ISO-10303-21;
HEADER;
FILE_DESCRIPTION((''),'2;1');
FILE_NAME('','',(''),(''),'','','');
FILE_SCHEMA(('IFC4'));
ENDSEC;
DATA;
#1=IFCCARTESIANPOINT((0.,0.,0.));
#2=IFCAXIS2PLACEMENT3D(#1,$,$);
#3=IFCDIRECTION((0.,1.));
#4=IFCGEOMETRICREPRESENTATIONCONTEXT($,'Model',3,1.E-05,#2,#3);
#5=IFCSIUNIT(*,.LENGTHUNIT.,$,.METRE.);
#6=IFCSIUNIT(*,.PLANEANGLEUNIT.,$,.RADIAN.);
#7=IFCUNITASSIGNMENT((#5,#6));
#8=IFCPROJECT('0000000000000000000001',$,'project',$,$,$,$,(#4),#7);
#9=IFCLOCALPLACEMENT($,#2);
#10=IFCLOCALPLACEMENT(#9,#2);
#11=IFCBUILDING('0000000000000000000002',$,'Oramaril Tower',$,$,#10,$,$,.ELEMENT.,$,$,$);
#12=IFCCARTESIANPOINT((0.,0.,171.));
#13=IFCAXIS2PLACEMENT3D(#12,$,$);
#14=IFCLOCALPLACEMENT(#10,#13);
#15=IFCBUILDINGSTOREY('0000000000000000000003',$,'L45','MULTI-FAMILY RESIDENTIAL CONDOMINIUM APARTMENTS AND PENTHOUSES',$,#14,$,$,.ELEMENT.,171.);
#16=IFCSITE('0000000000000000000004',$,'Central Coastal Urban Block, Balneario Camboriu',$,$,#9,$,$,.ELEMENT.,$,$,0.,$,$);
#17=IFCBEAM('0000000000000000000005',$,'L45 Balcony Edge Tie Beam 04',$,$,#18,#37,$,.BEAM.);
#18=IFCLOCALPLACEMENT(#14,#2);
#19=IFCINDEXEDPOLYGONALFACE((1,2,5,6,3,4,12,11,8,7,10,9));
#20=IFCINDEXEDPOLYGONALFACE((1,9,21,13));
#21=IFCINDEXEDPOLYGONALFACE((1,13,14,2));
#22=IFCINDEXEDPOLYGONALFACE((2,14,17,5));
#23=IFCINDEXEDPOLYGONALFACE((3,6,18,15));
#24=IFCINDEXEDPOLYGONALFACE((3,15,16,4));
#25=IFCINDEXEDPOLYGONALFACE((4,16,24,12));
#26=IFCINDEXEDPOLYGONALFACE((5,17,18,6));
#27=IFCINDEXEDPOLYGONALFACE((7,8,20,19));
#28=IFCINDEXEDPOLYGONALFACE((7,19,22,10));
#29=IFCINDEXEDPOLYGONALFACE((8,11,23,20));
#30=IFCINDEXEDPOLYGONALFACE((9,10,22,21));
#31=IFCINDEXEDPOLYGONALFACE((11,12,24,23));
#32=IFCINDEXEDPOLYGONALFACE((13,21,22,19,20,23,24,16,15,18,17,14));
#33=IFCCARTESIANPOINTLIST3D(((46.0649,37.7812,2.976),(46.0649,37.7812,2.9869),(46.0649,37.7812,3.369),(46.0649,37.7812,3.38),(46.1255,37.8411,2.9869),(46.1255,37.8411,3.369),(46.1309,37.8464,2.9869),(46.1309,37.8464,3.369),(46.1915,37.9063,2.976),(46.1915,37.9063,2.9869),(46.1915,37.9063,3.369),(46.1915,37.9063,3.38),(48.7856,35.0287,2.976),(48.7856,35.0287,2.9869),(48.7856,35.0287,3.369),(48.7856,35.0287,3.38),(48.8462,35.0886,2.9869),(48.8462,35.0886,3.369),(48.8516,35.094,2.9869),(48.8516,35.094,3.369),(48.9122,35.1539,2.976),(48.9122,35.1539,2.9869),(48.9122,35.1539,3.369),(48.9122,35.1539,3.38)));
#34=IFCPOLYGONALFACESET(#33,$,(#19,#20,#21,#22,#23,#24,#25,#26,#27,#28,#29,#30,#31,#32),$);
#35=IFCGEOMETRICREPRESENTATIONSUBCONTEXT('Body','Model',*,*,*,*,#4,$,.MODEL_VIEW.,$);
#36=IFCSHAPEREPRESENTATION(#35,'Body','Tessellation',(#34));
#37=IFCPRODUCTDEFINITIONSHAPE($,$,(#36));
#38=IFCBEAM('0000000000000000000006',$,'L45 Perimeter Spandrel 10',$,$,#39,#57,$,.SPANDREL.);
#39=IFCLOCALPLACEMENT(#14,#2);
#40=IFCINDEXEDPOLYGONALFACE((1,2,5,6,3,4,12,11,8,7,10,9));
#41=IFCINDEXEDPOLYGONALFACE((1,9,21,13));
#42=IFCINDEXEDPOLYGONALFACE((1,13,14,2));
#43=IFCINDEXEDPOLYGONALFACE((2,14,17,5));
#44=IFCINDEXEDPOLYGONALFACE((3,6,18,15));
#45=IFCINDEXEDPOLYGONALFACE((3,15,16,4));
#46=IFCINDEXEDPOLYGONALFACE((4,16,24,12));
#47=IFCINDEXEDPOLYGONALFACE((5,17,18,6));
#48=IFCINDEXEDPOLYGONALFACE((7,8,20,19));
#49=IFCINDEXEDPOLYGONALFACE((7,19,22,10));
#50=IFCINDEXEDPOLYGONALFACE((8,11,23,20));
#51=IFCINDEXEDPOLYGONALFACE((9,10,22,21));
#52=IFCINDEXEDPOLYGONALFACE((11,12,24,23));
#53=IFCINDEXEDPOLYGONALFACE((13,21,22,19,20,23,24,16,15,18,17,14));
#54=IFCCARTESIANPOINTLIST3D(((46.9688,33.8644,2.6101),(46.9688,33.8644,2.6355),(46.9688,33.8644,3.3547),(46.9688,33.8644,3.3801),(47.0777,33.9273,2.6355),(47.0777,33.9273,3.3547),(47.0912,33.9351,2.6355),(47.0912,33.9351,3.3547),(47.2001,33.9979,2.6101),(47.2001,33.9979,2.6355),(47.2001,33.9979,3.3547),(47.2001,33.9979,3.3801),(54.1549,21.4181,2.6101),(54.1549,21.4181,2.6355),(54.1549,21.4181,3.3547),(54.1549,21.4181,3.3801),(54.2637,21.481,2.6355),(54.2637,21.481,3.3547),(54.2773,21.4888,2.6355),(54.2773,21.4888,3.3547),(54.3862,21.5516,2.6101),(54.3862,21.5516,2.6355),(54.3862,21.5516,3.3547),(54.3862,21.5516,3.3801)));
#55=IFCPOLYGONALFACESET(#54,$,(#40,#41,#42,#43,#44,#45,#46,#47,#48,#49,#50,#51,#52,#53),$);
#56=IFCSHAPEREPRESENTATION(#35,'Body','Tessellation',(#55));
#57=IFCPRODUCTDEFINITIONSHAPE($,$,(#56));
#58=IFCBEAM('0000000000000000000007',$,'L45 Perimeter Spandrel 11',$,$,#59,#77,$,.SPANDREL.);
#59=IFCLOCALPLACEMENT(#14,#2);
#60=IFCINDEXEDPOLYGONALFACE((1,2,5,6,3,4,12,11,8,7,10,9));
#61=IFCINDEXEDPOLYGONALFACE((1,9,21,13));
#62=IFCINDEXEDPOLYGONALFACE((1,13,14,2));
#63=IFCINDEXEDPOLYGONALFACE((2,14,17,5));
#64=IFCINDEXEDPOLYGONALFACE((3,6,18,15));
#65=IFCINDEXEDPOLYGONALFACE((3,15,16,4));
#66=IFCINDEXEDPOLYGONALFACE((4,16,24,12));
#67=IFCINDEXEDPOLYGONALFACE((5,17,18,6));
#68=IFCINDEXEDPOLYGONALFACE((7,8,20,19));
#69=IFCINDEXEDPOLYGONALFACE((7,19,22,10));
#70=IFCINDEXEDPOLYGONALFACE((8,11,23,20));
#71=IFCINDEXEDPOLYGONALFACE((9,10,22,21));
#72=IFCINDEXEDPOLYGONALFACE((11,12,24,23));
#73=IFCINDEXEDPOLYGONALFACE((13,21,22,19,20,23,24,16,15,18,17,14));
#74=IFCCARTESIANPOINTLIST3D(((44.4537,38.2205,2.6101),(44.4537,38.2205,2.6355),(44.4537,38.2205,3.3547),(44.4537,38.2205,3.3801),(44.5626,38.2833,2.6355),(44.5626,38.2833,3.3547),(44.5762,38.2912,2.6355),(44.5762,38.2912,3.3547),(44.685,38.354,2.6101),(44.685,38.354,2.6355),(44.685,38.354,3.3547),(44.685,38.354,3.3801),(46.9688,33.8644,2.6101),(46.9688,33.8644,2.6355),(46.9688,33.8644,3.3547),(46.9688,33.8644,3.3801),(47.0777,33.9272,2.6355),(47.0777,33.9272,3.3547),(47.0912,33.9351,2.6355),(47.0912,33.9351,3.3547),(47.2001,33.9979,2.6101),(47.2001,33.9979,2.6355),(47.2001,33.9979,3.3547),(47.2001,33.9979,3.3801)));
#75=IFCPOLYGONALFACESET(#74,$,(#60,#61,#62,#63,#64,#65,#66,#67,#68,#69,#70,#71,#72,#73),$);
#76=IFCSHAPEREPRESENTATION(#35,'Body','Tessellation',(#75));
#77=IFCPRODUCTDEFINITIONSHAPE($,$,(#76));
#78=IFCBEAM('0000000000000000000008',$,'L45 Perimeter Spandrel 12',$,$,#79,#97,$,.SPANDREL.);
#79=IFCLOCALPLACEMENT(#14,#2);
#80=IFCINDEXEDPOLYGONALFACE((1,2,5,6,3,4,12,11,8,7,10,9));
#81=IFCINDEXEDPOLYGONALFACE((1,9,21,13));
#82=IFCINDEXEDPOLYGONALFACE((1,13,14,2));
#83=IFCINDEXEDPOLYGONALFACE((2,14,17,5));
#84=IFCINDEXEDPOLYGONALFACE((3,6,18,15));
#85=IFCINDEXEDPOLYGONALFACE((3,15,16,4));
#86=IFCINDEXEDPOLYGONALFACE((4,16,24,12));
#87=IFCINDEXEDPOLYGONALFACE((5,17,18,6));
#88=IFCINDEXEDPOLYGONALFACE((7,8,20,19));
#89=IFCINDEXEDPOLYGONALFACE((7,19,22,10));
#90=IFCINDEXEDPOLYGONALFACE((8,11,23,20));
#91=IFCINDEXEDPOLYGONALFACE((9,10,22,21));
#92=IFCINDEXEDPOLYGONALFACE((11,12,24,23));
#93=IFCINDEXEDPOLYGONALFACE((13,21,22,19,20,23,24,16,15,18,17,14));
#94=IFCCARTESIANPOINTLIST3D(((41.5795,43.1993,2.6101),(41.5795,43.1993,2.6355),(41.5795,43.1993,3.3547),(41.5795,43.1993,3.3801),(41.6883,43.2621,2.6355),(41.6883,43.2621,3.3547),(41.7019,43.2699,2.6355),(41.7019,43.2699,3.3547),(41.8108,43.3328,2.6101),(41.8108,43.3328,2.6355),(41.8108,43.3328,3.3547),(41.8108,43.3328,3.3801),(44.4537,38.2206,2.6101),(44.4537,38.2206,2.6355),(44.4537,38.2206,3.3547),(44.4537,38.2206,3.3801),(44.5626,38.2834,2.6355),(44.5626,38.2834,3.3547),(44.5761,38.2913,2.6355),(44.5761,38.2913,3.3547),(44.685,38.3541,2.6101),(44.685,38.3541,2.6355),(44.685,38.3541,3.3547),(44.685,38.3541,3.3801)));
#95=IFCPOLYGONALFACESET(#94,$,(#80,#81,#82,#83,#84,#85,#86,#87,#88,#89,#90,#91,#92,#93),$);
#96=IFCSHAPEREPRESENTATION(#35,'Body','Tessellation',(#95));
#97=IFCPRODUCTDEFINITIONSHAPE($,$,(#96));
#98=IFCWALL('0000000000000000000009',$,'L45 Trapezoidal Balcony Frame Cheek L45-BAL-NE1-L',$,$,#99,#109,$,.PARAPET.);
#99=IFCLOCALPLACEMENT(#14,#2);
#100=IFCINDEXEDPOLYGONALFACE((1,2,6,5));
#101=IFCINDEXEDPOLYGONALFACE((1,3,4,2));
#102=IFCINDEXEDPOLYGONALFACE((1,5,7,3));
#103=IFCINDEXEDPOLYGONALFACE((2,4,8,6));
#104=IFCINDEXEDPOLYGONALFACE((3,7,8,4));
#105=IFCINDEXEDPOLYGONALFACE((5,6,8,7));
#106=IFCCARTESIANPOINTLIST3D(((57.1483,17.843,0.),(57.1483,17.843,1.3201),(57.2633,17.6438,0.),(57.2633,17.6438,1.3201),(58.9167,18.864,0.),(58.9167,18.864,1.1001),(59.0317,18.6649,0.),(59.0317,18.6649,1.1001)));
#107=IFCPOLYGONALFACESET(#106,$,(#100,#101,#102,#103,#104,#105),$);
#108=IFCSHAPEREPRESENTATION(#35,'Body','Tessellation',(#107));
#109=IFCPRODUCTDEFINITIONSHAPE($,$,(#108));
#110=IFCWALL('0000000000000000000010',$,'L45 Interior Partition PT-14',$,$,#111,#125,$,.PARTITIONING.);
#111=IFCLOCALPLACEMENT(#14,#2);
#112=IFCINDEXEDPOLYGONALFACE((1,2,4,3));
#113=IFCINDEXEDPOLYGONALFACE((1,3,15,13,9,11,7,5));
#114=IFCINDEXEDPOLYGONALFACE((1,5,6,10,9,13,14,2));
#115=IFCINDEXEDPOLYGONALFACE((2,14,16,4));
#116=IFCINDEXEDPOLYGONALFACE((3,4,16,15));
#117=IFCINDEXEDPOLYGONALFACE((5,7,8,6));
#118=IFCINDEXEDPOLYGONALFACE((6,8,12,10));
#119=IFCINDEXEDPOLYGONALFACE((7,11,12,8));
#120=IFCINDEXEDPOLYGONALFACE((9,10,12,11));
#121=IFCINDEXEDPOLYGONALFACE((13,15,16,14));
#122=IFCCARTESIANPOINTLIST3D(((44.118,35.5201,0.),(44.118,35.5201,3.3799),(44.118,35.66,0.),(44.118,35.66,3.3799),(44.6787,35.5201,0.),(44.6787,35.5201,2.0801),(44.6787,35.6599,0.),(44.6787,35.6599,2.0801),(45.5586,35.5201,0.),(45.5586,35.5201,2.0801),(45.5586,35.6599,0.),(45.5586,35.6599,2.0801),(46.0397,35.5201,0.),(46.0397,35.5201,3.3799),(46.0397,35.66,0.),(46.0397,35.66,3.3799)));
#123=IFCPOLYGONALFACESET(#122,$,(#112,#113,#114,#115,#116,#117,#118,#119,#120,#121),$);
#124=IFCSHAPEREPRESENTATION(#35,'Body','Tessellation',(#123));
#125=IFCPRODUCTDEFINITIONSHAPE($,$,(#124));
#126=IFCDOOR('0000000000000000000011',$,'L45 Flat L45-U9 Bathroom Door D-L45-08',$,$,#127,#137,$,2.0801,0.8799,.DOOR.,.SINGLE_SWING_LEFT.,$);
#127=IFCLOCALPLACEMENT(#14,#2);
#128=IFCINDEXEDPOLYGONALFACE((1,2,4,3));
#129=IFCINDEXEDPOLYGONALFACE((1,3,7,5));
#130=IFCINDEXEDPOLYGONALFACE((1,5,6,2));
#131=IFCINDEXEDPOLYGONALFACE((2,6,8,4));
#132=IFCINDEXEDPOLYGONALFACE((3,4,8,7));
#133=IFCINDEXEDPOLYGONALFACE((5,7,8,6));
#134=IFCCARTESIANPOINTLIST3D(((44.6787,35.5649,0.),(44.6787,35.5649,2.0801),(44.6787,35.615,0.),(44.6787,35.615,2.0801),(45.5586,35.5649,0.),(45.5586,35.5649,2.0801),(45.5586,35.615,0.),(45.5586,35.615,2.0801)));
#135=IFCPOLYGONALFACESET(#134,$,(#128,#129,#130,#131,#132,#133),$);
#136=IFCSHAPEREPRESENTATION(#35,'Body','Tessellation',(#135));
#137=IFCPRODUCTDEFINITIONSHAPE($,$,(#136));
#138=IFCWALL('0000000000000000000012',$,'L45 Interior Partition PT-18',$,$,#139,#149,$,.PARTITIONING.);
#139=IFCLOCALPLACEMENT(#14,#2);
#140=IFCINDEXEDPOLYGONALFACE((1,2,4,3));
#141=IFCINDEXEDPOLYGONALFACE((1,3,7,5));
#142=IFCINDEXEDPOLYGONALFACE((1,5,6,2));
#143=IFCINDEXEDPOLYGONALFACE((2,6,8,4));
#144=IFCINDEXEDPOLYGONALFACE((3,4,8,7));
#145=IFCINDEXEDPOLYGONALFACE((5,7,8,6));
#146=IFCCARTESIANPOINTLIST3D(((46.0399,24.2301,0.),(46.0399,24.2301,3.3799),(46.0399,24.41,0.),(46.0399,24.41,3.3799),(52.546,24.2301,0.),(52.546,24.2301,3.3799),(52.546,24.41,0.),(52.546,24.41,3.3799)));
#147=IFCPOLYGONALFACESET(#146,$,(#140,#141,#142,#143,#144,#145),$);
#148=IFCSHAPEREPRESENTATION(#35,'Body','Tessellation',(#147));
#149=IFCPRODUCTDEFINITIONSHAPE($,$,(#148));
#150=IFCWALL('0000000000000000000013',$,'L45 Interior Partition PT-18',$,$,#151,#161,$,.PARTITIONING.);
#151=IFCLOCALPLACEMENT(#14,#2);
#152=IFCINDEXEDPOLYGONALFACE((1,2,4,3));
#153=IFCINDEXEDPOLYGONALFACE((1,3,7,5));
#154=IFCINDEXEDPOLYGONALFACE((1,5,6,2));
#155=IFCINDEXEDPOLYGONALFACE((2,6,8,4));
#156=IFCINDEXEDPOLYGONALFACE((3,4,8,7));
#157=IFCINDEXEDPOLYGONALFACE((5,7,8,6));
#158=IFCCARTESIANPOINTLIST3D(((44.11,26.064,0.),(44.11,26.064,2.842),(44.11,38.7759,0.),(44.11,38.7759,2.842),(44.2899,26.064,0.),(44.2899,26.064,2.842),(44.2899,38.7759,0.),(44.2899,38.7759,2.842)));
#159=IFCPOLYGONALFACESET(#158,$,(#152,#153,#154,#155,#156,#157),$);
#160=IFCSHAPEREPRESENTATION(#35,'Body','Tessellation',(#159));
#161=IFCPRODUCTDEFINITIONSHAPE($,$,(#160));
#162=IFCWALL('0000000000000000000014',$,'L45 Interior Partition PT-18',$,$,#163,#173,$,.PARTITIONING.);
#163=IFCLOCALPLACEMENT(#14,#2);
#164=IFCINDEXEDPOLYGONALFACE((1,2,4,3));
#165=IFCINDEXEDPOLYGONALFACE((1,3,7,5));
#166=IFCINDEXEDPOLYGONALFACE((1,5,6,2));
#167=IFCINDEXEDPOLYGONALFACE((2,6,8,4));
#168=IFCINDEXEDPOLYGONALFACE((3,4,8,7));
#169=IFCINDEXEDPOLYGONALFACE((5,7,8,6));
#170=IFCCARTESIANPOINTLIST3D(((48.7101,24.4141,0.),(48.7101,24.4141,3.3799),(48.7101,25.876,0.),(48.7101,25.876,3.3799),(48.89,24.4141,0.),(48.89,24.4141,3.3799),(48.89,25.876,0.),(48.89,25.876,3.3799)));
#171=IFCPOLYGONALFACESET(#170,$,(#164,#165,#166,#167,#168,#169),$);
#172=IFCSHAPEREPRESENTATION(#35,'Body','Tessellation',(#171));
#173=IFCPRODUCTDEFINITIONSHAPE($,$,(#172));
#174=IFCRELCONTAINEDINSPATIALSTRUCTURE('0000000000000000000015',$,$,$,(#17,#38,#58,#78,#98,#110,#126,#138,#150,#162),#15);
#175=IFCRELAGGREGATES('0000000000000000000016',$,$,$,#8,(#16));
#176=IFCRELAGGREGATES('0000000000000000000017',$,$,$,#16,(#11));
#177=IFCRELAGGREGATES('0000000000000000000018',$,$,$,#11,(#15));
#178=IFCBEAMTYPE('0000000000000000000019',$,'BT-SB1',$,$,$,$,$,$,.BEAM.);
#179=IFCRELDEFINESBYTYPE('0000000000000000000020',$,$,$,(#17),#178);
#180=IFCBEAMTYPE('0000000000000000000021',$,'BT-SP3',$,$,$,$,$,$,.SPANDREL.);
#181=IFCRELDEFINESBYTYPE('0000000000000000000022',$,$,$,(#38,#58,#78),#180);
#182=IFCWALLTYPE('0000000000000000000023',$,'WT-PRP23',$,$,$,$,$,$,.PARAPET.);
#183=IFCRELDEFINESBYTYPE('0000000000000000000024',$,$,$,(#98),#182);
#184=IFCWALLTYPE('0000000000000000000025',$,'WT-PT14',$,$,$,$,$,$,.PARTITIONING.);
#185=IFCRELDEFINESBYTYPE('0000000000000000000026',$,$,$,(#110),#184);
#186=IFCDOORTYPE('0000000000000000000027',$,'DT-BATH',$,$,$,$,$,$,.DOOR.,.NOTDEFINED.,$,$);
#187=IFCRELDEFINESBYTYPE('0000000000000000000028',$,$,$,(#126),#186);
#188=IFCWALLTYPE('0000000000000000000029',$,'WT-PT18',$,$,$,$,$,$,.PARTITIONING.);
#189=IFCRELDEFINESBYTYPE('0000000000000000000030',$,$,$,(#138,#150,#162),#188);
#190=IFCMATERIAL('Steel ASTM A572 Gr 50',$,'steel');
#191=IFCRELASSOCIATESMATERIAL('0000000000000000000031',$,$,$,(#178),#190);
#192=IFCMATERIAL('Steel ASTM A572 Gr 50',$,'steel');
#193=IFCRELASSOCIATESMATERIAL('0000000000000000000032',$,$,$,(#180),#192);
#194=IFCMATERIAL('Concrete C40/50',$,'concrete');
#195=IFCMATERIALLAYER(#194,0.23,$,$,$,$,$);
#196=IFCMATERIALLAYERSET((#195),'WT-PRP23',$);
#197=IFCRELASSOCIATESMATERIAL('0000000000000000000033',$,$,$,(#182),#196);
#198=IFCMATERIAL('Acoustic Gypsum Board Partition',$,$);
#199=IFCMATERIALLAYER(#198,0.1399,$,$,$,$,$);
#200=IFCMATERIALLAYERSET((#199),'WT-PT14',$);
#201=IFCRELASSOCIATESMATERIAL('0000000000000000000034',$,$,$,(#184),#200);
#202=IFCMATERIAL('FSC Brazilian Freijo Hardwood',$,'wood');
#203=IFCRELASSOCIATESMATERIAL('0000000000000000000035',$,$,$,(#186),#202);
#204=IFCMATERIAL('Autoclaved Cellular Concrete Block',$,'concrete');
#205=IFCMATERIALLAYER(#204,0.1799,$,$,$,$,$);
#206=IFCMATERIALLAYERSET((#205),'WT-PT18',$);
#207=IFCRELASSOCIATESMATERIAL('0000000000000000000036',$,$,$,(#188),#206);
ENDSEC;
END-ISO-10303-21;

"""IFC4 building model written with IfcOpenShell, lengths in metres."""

from ifc_helpers import new_model, si_unit, direction, frame, frame_2d, origin, origin_2d, place, context, subcontext, project, spatial, polyline, rectangle, i_section, outline, extrude, material, layer, layer_set, material_profile, profile_set, type_object, element, fill, save


model = new_model("IFC4")

# Units and contexts
model_context = context("Model", 3, precision=1e-05, world=origin(), true_north=direction((0.0, 1.0)))
body_context = subcontext(model_context, "Body", "Model", "MODEL_VIEW")
ifc_project = project(units=[si_unit("LENGTHUNIT", "METRE"), si_unit("PLANEANGLEUNIT", "RADIAN")], contexts=[model_context])

# Site, building, storey
site_placement = place(None, origin())
site = spatial("IfcSite", under=ifc_project, at=site_placement, Name="Central Coastal Urban Block, Balneario Camboriu", CompositionType="ELEMENT", RefElevation=0.0)
building_placement = place(site_placement, origin())
building = spatial("IfcBuilding", under=site, at=building_placement, Name="Oramaril Tower", CompositionType="ELEMENT")
storey_placement = place(building_placement, frame((0.0, 0.0, 171.0)))
storey = spatial("IfcBuildingStorey", under=building, at=storey_placement, Name="L45", Description="MULTI-FAMILY RESIDENTIAL CONDOMINIUM APARTMENTS AND PENTHOUSES", CompositionType="ELEMENT", Elevation=171.0)

# Beams
ifc_material_1 = material(Name="Steel ASTM A572 Gr 50", Category="steel")
ifc_material_profile_1 = material_profile(ifc_material_1, i_section(OverallWidth=0.178, OverallDepth=0.4041, WebThickness=0.0076, FlangeThickness=0.011, at=origin_2d()), Name="W16X36")
ifc_profile_set_1 = profile_set([ifc_material_profile_1], Name="Steel ASTM A572 Gr 50")
beam_type_1 = type_object("IfcBeamType", Name="BT-SB1", PredefinedType="BEAM", material=ifc_profile_set_1)
beam_1_placement = place(storey_placement, frame((48.8489, 35.0913, 3.178), z_axis=(-0.702995, 0.711195, 0.0), x_axis=(-0.711195, -0.702995, 0.0)))
element("IfcBeam", 1, at=beam_1_placement, inside=storey, type_object=beam_type_1, Name="L45 Balcony Edge Tie Beam 04", PredefinedType="BEAM", context=body_context, shape_type="SweptSolid", body=[
    extrude(i_section(OverallWidth=0.178, OverallDepth=0.4041, WebThickness=0.0076, FlangeThickness=0.011, at=origin_2d()), origin(), (0.0, 0.0, 1.0), 3.8701),
])
ifc_material_2 = material(Name="Steel ASTM A572 Gr 50", Category="steel")
ifc_material_profile_2 = material_profile(ifc_material_2, i_section(OverallWidth=0.2671, OverallDepth=0.77, WebThickness=0.0156, FlangeThickness=0.0254, at=origin_2d()), Name="W30X132")
ifc_profile_set_2 = profile_set([ifc_material_profile_2], Name="Steel ASTM A572 Gr 50")
beam_type_2 = type_object("IfcBeamType", Name="BT-SP3", PredefinedType="SPANDREL", material=ifc_profile_set_2)
beam_2_placement = place(storey_placement, frame((54.2705, 21.4849, 2.9951), z_axis=(-0.500009, 0.86602, 0.0), x_axis=(-0.86602, -0.500009, 0.0)))
element("IfcBeam", 2, at=beam_2_placement, inside=storey, type_object=beam_type_2, Name="L45 Perimeter Spandrel 10", PredefinedType="SPANDREL", context=body_context, shape_type="SweptSolid", body=[
    extrude(i_section(OverallWidth=0.2671, OverallDepth=0.77, WebThickness=0.0156, FlangeThickness=0.0254, at=origin_2d()), origin(), (0.0, 0.0, 1.0), 14.3718),
])
beam_3_placement = place(storey_placement, frame((47.0845, 33.9312, 2.9951), z_axis=(-0.500012, 0.866018, 0.0), x_axis=(-0.866018, -0.500012, 0.0)))
element("IfcBeam", 3, at=beam_3_placement, inside=storey, type_object=beam_type_2, Name="L45 Perimeter Spandrel 11", PredefinedType="SPANDREL", context=body_context, shape_type="SweptSolid", body=[
    extrude(i_section(OverallWidth=0.2671, OverallDepth=0.77, WebThickness=0.0156, FlangeThickness=0.0254, at=origin_2d()), origin(), (0.0, 0.0, 1.0), 5.03),
])
beam_4_placement = place(storey_placement, frame((44.5693, 38.2874, 2.9951), z_axis=(-0.499971, 0.866042, 0.0), x_axis=(-0.866042, -0.499971, 0.0)))
element("IfcBeam", 4, at=beam_4_placement, inside=storey, type_object=beam_type_2, Name="L45 Perimeter Spandrel 12", PredefinedType="SPANDREL", context=body_context, shape_type="SweptSolid", body=[
    extrude(i_section(OverallWidth=0.2671, OverallDepth=0.77, WebThickness=0.0156, FlangeThickness=0.0254, at=origin_2d()), origin(), (0.0, 0.0, 1.0), 5.7488),
])

# Wall
ifc_material_3 = material(Name="Concrete C40/50", Category="concrete")
ifc_layer_1 = layer(ifc_material_3, 0.23)
ifc_layer_set_1 = layer_set([ifc_layer_1], Name="WT-PRP23")
wall_type_1 = type_object("IfcWallType", Name="WT-PRP23", PredefinedType="PARAPET", material=ifc_layer_set_1)
wall_1_placement = place(storey_placement, frame((57.2058, 17.7434, 0.0), z_axis=(0.0, 0.0, 1.0), x_axis=(0.866012, 0.500023, 0.0)))
element("IfcWall", 5, at=wall_1_placement, inside=storey, type_object=wall_type_1, Name="L45 Trapezoidal Balcony Frame Cheek L45-BAL-NE1-L", PredefinedType="PARAPET", context=body_context, shape_type="SweptSolid", body=[
    extrude(outline(polyline([(0.0, 0.0), (2.042, 0.0), (2.042, 1.1001), (0.0, 1.3201), (0.0, 0.0)])), frame((0.0, 0.115, 0.0), z_axis=(0.0, -1.0, 0.0), x_axis=(1.0, 0.0, 0.0)), (0.0, 0.0, 1.0), 0.23),
])

# Wall, opening, door
ifc_material_4 = material(Name="Acoustic Gypsum Board Partition")
ifc_layer_2 = layer(ifc_material_4, 0.1399)
ifc_layer_set_2 = layer_set([ifc_layer_2], Name="WT-PT14")
wall_type_2 = type_object("IfcWallType", Name="WT-PT14", PredefinedType="PARTITIONING", material=ifc_layer_set_2)
wall_2_placement = place(storey_placement, frame((44.1179, 35.5901, 0.0), z_axis=(0.0, 0.0, 1.0), x_axis=(1.0, 0.0, 0.0)))
wall_2 = element("IfcWall", 6, at=wall_2_placement, inside=storey, type_object=wall_type_2, Name="L45 Interior Partition PT-14", PredefinedType="PARTITIONING", context=body_context, shape_type="SweptSolid", body=[
    extrude(rectangle(XDim=1.9216, YDim=0.1399, at=frame_2d((0.9609, 0.0))), origin(), (0.0, 0.0, 1.0), 3.3799),
])
opening_placement = place(wall_2_placement, frame((0.5608, 0.0, 0.0)))
opening = element("IfcOpeningElement", 7, at=opening_placement, cuts=wall_2, PredefinedType="OPENING", context=body_context, shape_type="SweptSolid", body=[
    extrude(rectangle(XDim=0.8799, YDim=2.0801, at=frame_2d((0.4399, 1.04))), frame((0.0, 0.0698, 0.0), z_axis=(0.0, -1.0, 0.0), x_axis=(1.0, 0.0, 0.0)), (0.0, 0.0, 1.0), 0.1399),
])
ifc_material_5 = material(Name="FSC Brazilian Freijo Hardwood", Category="wood")
door_type = type_object("IfcDoorType", Name="DT-BATH", OperationType="NOTDEFINED", PredefinedType="DOOR", material=ifc_material_5)
door_placement = place(opening_placement, origin())
door = element("IfcDoor", 8, at=door_placement, inside=storey, type_object=door_type, Name="L45 Flat L45-U9 Bathroom Door D-L45-08", OperationType="SINGLE_SWING_LEFT", OverallHeight=2.0801, OverallWidth=0.8799, PredefinedType="DOOR", context=body_context, shape_type="SweptSolid", body=[
    extrude(rectangle(XDim=0.8799, YDim=2.0801, at=frame_2d((0.4399, 1.04))), frame((0.0, 0.0249, 0.0), z_axis=(0.0, -1.0, 0.0), x_axis=(1.0, 0.0, 0.0)), (0.0, 0.0, 1.0), 0.05),
])
fill(opening, door)

# Walls
ifc_material_6 = material(Name="Autoclaved Cellular Concrete Block", Category="concrete")
ifc_layer_3 = layer(ifc_material_6, 0.1799)
ifc_layer_set_3 = layer_set([ifc_layer_3], Name="WT-PT18")
wall_type_3 = type_object("IfcWallType", Name="WT-PT18", PredefinedType="PARTITIONING", material=ifc_layer_set_3)
wall_3_placement = place(storey_placement, frame((46.04, 24.3201, 0.0), z_axis=(0.0, 0.0, 1.0), x_axis=(1.0, 0.0, 0.0)))
element("IfcWall", 9, at=wall_3_placement, inside=storey, type_object=wall_type_3, Name="L45 Interior Partition PT-18", PredefinedType="PARTITIONING", context=body_context, shape_type="SweptSolid", body=[
    extrude(rectangle(XDim=6.5061, YDim=0.1799, at=frame_2d((3.2529, 0.0))), origin(), (0.0, 0.0, 1.0), 3.3799),
])
wall_4_placement = place(storey_placement, frame((44.2, 26.064, 0.0), z_axis=(0.0, 0.0, 1.0), x_axis=(0.0, 1.0, 0.0)))
element("IfcWall", 10, at=wall_4_placement, inside=storey, type_object=wall_type_3, Name="L45 Interior Partition PT-18", PredefinedType="PARTITIONING", context=body_context, shape_type="SweptSolid", body=[
    extrude(rectangle(XDim=12.7119, YDim=0.1799, at=frame_2d((6.356, 0.0))), origin(), (0.0, 0.0, 1.0), 2.842),
])
wall_5_placement = place(storey_placement, frame((48.8, 24.4141, 0.0), z_axis=(0.0, 0.0, 1.0), x_axis=(0.0, 1.0, 0.0)))
element("IfcWall", 11, at=wall_5_placement, inside=storey, type_object=wall_type_3, Name="L45 Interior Partition PT-18", PredefinedType="PARTITIONING", context=body_context, shape_type="SweptSolid", body=[
    extrude(rectangle(XDim=1.4619, YDim=0.1799, at=frame_2d((0.731, 0.0))), origin(), (0.0, 0.0, 1.0), 3.3799),
])

save(model, "model.ifc")
